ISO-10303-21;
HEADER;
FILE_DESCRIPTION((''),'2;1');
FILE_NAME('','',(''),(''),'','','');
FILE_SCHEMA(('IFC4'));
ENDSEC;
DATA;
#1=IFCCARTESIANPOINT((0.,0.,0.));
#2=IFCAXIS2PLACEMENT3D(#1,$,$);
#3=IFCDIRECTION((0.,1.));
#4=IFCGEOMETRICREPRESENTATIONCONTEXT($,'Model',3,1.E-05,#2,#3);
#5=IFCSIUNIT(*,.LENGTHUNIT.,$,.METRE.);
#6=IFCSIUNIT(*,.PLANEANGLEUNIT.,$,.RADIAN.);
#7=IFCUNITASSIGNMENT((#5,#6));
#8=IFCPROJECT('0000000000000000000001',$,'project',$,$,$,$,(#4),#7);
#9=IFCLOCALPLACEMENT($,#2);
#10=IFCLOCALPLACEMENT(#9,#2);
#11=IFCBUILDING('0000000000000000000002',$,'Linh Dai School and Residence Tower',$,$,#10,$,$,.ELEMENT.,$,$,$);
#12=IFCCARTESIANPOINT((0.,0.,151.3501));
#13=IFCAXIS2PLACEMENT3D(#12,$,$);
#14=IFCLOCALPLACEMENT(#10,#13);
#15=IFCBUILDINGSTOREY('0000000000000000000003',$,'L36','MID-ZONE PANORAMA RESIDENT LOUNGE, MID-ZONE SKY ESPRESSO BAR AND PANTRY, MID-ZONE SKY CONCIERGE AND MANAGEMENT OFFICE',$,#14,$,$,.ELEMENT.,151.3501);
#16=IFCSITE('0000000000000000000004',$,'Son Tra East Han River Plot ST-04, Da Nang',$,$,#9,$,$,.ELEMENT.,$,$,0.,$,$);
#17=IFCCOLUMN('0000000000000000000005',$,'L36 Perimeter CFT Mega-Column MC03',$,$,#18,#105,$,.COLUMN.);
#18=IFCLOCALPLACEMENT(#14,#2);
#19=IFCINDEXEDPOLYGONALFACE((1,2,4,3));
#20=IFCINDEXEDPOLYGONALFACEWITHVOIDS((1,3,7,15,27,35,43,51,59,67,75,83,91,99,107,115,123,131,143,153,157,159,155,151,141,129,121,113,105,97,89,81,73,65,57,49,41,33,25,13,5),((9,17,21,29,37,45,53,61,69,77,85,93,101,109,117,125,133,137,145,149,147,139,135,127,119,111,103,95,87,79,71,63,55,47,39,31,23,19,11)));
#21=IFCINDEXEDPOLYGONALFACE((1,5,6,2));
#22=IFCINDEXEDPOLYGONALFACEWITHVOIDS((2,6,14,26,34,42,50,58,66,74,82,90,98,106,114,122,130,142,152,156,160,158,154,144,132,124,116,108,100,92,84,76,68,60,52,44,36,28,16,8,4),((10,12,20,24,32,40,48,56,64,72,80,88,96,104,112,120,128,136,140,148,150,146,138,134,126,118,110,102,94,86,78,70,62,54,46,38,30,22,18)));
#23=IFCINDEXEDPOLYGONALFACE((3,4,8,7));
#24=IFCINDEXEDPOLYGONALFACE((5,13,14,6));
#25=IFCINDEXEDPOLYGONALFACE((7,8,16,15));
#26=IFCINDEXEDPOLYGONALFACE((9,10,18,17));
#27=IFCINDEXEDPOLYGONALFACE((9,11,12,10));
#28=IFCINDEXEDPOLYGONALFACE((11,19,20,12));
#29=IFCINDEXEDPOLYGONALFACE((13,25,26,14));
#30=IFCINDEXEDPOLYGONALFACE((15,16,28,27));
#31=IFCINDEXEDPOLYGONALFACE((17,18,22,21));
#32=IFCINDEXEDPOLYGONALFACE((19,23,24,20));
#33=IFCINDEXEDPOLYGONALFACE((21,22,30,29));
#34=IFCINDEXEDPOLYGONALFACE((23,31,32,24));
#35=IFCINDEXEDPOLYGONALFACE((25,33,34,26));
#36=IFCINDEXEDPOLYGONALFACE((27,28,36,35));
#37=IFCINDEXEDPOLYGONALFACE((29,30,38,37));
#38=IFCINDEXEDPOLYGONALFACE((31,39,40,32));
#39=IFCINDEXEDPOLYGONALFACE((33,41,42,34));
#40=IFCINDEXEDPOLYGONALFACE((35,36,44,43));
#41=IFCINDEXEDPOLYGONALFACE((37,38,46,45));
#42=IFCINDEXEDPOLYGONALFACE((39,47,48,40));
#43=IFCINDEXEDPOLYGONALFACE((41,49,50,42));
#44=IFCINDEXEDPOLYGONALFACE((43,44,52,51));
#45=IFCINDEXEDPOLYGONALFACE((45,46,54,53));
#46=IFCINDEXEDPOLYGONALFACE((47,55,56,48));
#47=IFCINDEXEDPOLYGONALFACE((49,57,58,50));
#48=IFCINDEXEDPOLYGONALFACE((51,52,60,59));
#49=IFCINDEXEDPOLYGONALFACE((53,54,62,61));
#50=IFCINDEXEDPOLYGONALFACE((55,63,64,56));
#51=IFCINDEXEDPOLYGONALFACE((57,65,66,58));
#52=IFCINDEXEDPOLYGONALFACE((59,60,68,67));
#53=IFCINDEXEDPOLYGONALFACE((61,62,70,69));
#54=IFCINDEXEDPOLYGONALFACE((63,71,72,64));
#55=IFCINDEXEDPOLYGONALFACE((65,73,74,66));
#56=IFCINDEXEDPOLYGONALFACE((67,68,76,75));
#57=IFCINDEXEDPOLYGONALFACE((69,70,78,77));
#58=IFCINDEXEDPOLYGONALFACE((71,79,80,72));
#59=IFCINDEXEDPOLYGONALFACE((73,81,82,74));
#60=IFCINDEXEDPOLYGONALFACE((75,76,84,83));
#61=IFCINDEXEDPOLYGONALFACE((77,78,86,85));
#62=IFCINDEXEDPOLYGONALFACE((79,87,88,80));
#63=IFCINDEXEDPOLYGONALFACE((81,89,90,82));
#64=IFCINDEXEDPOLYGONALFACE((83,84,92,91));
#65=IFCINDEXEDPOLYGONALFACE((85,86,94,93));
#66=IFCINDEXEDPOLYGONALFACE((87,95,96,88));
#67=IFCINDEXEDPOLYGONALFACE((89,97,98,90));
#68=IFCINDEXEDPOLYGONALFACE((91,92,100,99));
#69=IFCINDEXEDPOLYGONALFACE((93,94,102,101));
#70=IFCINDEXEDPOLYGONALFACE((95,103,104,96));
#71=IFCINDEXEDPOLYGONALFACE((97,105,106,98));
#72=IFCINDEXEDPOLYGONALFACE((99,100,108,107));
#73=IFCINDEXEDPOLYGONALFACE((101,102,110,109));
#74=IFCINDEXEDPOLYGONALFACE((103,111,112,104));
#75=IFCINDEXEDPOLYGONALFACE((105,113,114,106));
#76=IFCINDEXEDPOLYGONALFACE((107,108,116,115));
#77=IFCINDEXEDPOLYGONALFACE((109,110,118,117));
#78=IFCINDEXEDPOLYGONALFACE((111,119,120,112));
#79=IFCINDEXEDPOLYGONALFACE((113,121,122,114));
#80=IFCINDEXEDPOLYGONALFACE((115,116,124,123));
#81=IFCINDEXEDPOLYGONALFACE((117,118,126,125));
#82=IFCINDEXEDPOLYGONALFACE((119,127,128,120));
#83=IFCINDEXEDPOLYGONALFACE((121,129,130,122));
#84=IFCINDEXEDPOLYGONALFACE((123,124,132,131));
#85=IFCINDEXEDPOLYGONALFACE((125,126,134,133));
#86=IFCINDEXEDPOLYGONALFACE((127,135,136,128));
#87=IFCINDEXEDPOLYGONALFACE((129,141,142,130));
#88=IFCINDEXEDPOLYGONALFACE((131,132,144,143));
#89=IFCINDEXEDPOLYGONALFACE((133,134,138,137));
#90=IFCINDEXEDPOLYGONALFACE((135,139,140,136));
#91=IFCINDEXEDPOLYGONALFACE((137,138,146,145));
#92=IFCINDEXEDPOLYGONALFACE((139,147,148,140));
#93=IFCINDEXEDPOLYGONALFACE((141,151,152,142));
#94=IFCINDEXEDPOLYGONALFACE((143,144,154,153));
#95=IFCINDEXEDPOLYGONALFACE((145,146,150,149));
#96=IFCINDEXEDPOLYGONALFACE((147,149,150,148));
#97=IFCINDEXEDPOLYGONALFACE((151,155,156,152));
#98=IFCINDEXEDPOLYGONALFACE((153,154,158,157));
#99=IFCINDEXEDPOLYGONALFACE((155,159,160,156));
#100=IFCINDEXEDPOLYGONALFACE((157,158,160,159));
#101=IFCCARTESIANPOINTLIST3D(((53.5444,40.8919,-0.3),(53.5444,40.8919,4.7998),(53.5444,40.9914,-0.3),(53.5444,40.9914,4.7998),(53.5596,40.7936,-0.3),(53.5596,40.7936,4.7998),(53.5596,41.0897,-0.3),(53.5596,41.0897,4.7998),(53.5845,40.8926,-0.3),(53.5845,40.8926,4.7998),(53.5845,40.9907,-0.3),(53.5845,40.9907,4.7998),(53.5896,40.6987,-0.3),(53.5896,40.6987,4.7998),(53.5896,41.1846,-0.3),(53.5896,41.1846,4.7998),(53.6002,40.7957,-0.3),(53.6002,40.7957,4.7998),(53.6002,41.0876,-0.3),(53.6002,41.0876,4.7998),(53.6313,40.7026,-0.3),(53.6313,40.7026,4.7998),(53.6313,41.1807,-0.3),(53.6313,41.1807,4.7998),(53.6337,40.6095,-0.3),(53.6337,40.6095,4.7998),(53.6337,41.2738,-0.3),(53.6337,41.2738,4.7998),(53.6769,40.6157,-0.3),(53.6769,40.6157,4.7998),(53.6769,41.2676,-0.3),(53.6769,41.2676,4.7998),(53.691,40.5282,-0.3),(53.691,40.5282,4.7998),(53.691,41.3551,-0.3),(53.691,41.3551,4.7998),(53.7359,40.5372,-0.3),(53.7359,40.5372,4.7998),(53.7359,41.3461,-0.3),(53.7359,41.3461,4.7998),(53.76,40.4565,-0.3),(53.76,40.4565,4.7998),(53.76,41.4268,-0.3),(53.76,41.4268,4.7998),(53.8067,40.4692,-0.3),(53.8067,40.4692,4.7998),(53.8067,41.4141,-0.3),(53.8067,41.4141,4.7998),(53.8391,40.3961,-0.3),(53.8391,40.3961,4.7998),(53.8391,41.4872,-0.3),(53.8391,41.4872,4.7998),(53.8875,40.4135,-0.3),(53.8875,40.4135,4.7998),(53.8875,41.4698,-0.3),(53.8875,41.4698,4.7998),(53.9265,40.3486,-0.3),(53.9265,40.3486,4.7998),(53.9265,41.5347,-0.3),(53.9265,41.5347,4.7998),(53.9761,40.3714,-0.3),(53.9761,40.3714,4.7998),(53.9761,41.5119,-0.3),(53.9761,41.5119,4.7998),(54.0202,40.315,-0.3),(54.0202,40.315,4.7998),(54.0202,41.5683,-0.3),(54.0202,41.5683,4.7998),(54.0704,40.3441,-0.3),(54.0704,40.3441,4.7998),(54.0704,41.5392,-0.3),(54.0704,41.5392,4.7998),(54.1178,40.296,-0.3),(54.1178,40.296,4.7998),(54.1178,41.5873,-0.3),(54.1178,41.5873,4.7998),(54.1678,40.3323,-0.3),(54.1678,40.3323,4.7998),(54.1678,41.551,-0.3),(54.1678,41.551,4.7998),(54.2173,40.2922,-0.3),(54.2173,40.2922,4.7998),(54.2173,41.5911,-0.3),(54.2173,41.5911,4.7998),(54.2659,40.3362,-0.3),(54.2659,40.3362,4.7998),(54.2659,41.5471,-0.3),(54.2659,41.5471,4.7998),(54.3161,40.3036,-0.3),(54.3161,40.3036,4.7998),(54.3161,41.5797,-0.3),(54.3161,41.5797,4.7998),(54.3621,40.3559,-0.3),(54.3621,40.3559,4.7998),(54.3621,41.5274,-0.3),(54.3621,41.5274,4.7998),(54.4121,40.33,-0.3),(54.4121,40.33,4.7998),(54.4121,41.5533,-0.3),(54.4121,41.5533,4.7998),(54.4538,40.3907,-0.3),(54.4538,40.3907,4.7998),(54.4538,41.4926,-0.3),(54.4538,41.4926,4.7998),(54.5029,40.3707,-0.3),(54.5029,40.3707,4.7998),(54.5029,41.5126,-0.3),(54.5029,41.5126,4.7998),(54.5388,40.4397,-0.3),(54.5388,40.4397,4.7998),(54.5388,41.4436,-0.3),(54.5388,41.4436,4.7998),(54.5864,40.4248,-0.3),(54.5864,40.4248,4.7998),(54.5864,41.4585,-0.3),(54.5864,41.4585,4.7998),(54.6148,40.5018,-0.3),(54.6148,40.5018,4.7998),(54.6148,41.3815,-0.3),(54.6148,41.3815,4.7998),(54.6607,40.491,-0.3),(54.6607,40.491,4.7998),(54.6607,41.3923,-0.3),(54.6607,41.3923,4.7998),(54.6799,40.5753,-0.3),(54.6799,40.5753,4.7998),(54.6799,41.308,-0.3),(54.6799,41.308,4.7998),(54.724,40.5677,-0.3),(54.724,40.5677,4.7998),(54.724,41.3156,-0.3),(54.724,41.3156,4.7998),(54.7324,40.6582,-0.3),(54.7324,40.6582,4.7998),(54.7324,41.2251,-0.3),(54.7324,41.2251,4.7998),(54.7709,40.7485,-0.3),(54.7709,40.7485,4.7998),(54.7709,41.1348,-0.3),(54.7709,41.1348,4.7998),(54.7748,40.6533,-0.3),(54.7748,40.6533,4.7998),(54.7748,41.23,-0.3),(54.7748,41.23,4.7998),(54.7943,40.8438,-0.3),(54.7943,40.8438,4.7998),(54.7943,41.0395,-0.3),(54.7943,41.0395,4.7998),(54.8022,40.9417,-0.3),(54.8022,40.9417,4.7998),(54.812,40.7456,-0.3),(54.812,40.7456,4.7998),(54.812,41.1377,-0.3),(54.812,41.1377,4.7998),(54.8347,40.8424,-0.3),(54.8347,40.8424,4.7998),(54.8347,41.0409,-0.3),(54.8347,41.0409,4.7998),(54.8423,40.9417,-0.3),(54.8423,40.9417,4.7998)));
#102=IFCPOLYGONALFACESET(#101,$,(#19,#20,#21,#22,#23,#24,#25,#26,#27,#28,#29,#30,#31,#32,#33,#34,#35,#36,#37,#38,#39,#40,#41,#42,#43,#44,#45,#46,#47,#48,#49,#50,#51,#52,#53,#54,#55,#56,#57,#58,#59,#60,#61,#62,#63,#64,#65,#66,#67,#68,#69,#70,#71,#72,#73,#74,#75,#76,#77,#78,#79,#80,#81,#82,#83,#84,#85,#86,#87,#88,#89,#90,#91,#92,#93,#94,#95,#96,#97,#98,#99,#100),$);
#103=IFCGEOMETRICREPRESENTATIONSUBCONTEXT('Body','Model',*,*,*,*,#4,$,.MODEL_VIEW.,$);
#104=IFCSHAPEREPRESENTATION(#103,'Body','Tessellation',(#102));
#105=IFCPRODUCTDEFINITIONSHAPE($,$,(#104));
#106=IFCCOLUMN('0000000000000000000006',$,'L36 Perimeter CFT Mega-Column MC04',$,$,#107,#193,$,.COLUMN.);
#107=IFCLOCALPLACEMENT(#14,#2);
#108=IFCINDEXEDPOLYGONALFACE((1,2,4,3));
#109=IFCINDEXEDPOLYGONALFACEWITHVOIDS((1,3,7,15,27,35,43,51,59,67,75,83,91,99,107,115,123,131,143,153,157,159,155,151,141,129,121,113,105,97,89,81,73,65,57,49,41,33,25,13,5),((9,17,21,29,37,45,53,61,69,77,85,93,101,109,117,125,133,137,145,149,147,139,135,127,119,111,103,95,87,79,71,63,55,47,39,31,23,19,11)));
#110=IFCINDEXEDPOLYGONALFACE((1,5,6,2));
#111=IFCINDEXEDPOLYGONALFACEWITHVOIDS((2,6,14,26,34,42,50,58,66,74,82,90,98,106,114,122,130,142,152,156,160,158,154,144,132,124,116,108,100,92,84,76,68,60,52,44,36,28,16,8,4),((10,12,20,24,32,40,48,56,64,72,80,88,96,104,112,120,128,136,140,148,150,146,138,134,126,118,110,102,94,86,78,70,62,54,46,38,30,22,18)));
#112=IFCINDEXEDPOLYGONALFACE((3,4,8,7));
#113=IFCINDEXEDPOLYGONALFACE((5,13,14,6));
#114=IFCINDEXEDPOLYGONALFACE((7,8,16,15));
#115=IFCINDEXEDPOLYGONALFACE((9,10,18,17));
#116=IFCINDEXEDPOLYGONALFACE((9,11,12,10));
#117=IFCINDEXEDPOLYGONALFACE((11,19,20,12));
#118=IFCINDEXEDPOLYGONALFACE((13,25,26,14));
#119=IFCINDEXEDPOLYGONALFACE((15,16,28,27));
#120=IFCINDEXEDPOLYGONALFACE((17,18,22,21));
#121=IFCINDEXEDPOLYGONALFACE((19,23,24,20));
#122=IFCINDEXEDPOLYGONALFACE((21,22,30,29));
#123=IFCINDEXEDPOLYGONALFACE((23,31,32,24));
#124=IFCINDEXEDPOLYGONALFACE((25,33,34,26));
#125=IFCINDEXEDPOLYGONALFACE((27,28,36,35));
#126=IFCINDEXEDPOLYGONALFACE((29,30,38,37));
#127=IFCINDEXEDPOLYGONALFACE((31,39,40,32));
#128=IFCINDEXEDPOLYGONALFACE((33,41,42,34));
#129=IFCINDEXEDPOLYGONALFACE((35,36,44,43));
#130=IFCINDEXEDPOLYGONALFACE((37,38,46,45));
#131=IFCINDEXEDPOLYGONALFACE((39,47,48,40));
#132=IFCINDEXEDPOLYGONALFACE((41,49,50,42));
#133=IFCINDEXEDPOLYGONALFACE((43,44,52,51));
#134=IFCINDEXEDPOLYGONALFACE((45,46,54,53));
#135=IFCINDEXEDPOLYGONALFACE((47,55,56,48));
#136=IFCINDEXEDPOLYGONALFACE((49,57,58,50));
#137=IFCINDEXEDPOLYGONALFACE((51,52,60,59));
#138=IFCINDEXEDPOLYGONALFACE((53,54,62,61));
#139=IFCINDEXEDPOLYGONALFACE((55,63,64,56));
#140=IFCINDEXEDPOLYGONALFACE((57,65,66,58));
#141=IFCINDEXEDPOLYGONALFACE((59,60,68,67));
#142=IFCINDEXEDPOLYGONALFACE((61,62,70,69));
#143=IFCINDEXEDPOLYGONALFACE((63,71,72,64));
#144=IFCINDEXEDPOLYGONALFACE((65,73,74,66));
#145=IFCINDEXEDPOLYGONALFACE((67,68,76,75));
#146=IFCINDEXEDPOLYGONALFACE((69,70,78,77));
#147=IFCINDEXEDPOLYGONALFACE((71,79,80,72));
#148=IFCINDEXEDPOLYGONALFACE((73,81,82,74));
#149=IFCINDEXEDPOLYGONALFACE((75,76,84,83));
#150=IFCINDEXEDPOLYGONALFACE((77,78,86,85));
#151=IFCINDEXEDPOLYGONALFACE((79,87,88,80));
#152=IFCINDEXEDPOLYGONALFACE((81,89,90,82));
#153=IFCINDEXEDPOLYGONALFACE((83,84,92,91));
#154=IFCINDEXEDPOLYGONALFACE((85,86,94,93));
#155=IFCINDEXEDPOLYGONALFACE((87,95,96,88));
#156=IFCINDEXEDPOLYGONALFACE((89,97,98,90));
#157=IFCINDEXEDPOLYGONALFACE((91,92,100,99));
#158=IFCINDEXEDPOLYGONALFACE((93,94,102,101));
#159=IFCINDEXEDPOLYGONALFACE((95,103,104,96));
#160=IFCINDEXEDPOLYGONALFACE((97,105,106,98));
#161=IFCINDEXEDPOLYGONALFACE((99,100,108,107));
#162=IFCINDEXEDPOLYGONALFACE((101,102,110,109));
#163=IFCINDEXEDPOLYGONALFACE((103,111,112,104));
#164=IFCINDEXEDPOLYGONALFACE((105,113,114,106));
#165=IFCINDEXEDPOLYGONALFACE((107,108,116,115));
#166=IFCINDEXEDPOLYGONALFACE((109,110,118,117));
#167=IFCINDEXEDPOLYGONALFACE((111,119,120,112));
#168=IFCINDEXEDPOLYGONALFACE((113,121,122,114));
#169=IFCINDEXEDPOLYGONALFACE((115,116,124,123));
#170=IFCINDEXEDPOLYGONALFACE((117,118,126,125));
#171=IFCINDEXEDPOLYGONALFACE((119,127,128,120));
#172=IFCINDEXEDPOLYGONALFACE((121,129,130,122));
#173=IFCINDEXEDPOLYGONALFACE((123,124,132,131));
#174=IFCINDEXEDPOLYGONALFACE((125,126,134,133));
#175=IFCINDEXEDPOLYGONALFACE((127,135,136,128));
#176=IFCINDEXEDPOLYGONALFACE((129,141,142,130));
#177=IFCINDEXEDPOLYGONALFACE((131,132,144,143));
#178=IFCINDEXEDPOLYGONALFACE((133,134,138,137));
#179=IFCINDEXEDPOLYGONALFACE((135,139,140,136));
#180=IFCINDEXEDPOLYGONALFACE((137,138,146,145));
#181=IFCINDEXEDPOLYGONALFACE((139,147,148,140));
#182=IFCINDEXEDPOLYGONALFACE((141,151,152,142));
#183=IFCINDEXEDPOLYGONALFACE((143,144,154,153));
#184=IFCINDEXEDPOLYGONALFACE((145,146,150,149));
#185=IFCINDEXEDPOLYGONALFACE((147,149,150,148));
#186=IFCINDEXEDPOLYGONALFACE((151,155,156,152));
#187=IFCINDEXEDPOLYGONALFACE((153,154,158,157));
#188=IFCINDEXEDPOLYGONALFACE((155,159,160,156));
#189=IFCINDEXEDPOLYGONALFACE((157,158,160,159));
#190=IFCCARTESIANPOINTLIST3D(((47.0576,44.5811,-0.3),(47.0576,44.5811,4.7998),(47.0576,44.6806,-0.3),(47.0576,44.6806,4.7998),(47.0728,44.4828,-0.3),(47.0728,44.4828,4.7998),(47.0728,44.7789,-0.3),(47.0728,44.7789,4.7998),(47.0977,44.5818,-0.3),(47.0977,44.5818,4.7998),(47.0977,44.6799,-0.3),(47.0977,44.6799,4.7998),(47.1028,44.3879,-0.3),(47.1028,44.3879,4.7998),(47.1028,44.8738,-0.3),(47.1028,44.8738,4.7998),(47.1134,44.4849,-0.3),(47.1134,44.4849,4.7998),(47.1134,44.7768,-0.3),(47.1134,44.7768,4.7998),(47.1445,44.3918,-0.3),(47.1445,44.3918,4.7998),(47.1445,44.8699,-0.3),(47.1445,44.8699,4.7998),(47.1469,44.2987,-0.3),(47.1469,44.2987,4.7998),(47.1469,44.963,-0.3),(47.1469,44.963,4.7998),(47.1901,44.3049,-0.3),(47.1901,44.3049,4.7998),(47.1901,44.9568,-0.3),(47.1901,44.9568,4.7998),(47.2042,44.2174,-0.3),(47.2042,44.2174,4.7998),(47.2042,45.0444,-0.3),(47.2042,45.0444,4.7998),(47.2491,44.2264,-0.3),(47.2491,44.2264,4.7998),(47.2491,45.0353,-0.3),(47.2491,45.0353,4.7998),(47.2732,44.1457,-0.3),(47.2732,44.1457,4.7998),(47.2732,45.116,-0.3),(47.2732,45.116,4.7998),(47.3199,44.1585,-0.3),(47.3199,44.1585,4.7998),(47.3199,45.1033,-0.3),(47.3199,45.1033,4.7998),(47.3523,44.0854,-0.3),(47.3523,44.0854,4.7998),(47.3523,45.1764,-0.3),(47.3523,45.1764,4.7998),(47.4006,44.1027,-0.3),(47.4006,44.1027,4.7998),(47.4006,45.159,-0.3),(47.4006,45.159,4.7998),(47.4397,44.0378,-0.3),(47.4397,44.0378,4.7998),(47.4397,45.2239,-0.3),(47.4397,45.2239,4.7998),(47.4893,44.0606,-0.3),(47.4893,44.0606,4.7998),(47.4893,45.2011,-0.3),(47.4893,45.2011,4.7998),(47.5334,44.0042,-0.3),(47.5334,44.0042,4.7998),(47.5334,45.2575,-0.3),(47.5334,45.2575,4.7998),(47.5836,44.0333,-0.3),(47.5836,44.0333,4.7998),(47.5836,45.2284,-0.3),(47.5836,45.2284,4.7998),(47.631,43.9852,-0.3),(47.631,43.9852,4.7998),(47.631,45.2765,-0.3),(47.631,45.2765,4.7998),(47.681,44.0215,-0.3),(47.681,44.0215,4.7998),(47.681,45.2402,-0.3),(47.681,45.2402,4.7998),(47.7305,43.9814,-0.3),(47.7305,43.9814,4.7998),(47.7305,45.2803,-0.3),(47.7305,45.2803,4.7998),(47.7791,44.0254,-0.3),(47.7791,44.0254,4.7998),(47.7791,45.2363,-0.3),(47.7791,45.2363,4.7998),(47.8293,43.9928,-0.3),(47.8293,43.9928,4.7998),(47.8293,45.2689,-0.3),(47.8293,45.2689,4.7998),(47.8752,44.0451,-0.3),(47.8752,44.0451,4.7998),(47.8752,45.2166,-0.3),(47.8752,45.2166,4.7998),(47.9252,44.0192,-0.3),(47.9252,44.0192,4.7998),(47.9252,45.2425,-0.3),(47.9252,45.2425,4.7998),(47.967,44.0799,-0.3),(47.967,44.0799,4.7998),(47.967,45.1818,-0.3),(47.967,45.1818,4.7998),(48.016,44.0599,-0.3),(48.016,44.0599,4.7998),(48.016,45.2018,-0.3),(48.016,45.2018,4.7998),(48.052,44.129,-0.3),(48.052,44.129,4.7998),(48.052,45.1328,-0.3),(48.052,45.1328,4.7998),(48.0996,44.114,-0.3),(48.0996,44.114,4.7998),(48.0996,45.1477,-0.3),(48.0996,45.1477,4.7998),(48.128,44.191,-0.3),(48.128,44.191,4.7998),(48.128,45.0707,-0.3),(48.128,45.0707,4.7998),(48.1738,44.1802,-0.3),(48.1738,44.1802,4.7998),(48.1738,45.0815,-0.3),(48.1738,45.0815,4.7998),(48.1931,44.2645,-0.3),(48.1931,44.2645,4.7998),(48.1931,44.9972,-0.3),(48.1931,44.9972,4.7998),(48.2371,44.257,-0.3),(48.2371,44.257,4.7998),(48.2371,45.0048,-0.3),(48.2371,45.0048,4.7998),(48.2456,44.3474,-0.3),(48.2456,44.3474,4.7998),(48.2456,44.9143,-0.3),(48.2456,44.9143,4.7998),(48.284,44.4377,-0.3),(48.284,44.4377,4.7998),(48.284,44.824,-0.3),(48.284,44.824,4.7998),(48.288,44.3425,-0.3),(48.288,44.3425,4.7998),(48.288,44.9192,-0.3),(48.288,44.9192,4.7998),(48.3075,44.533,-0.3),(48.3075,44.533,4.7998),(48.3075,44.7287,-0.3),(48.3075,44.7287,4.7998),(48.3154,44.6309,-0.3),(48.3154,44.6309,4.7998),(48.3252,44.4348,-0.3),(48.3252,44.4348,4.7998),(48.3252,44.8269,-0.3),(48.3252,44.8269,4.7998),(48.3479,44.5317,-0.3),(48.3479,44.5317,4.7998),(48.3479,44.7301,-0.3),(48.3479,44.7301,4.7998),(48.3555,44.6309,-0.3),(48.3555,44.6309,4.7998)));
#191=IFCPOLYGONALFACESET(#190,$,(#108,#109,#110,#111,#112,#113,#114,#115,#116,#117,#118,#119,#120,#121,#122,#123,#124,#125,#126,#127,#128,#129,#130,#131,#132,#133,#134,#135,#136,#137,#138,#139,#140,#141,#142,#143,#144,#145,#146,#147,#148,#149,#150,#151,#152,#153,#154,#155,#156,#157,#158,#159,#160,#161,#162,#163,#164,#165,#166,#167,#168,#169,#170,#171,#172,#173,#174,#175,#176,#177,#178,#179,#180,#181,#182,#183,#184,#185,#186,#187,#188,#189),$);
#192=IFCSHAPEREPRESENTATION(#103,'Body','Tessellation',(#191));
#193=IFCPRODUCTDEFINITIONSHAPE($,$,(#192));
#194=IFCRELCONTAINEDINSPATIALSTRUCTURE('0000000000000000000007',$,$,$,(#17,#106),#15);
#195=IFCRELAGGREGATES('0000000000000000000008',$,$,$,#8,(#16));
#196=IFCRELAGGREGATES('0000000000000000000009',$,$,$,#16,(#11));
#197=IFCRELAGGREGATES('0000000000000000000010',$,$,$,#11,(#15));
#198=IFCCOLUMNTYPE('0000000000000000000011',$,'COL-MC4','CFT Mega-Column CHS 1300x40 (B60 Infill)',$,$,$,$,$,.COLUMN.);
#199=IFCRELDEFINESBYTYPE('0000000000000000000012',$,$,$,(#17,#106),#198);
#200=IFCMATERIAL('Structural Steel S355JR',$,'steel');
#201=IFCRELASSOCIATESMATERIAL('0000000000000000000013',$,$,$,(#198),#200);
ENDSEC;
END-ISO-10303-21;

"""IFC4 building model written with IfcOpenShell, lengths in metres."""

from ifc_helpers import new_model, si_unit, direction, frame, origin, origin_2d, place, context, subcontext, project, spatial, hollow_circle, extrude, material, material_profile, profile_set, type_object, element, save


model = new_model("IFC4")

# Units and contexts
model_context = context("Model", 3, precision=1e-05, world=origin(), true_north=direction((0.0, 1.0)))
body_context = subcontext(model_context, "Body", "Model", "MODEL_VIEW")
ifc_project = project(units=[si_unit("LENGTHUNIT", "METRE"), si_unit("PLANEANGLEUNIT", "RADIAN")], contexts=[model_context])

# Site, building, storey
site_placement = place(None, origin())
site = spatial("IfcSite", under=ifc_project, at=site_placement, Name="Son Tra East Han River Plot ST-04, Da Nang", CompositionType="ELEMENT", RefElevation=0.0)
building_placement = place(site_placement, origin())
building = spatial("IfcBuilding", under=site, at=building_placement, Name="Linh Dai School and Residence Tower", CompositionType="ELEMENT")
storey_placement = place(building_placement, frame((0.0, 0.0, 151.3501)))
storey = spatial("IfcBuildingStorey", under=building, at=storey_placement, Name="L36", Description="MID-ZONE PANORAMA RESIDENT LOUNGE, MID-ZONE SKY ESPRESSO BAR AND PANTRY, MID-ZONE SKY CONCIERGE AND MANAGEMENT OFFICE", CompositionType="ELEMENT", Elevation=151.3501)

# Columns
ifc_material_1 = material(Name="Structural Steel S355JR", Category="steel")
ifc_material_profile_1 = material_profile(ifc_material_1, hollow_circle(Radius=0.6499, WallThickness=0.04, at=origin_2d()), Name="CHS 1300x40")
ifc_profile_set_1 = profile_set([ifc_material_profile_1], Name="Structural Steel S355JR")
column_type = type_object("IfcColumnType", Name="COL-MC4", Description="CFT Mega-Column CHS 1300x40 (B60 Infill)", PredefinedType="COLUMN", material=ifc_profile_set_1)
for number, where, z_axis, x_axis, name in (
    (1, (54.1924, 40.9417, -0.3), (0.0, 0.0, 1.0), (1.0, 0.0, 0.0), "L36 Perimeter CFT Mega-Column MC03"),
    (2, (47.7056, 44.6309, -0.3), (0.0, 0.0, 1.0), (1.0, 0.0, 0.0), "L36 Perimeter CFT Mega-Column MC04"),
):
    element("IfcColumn", number, at=place(storey_placement, frame(where, z_axis=z_axis, x_axis=x_axis)), inside=storey, type_object=column_type, Name=name, PredefinedType="COLUMN", context=body_context, shape_type="SweptSolid", body=[
        extrude(hollow_circle(Radius=0.6499, WallThickness=0.04, at=origin_2d()), origin(), (0.0, 0.0, 1.0), 5.0999),
    ])

save(model, "model.ifc")
